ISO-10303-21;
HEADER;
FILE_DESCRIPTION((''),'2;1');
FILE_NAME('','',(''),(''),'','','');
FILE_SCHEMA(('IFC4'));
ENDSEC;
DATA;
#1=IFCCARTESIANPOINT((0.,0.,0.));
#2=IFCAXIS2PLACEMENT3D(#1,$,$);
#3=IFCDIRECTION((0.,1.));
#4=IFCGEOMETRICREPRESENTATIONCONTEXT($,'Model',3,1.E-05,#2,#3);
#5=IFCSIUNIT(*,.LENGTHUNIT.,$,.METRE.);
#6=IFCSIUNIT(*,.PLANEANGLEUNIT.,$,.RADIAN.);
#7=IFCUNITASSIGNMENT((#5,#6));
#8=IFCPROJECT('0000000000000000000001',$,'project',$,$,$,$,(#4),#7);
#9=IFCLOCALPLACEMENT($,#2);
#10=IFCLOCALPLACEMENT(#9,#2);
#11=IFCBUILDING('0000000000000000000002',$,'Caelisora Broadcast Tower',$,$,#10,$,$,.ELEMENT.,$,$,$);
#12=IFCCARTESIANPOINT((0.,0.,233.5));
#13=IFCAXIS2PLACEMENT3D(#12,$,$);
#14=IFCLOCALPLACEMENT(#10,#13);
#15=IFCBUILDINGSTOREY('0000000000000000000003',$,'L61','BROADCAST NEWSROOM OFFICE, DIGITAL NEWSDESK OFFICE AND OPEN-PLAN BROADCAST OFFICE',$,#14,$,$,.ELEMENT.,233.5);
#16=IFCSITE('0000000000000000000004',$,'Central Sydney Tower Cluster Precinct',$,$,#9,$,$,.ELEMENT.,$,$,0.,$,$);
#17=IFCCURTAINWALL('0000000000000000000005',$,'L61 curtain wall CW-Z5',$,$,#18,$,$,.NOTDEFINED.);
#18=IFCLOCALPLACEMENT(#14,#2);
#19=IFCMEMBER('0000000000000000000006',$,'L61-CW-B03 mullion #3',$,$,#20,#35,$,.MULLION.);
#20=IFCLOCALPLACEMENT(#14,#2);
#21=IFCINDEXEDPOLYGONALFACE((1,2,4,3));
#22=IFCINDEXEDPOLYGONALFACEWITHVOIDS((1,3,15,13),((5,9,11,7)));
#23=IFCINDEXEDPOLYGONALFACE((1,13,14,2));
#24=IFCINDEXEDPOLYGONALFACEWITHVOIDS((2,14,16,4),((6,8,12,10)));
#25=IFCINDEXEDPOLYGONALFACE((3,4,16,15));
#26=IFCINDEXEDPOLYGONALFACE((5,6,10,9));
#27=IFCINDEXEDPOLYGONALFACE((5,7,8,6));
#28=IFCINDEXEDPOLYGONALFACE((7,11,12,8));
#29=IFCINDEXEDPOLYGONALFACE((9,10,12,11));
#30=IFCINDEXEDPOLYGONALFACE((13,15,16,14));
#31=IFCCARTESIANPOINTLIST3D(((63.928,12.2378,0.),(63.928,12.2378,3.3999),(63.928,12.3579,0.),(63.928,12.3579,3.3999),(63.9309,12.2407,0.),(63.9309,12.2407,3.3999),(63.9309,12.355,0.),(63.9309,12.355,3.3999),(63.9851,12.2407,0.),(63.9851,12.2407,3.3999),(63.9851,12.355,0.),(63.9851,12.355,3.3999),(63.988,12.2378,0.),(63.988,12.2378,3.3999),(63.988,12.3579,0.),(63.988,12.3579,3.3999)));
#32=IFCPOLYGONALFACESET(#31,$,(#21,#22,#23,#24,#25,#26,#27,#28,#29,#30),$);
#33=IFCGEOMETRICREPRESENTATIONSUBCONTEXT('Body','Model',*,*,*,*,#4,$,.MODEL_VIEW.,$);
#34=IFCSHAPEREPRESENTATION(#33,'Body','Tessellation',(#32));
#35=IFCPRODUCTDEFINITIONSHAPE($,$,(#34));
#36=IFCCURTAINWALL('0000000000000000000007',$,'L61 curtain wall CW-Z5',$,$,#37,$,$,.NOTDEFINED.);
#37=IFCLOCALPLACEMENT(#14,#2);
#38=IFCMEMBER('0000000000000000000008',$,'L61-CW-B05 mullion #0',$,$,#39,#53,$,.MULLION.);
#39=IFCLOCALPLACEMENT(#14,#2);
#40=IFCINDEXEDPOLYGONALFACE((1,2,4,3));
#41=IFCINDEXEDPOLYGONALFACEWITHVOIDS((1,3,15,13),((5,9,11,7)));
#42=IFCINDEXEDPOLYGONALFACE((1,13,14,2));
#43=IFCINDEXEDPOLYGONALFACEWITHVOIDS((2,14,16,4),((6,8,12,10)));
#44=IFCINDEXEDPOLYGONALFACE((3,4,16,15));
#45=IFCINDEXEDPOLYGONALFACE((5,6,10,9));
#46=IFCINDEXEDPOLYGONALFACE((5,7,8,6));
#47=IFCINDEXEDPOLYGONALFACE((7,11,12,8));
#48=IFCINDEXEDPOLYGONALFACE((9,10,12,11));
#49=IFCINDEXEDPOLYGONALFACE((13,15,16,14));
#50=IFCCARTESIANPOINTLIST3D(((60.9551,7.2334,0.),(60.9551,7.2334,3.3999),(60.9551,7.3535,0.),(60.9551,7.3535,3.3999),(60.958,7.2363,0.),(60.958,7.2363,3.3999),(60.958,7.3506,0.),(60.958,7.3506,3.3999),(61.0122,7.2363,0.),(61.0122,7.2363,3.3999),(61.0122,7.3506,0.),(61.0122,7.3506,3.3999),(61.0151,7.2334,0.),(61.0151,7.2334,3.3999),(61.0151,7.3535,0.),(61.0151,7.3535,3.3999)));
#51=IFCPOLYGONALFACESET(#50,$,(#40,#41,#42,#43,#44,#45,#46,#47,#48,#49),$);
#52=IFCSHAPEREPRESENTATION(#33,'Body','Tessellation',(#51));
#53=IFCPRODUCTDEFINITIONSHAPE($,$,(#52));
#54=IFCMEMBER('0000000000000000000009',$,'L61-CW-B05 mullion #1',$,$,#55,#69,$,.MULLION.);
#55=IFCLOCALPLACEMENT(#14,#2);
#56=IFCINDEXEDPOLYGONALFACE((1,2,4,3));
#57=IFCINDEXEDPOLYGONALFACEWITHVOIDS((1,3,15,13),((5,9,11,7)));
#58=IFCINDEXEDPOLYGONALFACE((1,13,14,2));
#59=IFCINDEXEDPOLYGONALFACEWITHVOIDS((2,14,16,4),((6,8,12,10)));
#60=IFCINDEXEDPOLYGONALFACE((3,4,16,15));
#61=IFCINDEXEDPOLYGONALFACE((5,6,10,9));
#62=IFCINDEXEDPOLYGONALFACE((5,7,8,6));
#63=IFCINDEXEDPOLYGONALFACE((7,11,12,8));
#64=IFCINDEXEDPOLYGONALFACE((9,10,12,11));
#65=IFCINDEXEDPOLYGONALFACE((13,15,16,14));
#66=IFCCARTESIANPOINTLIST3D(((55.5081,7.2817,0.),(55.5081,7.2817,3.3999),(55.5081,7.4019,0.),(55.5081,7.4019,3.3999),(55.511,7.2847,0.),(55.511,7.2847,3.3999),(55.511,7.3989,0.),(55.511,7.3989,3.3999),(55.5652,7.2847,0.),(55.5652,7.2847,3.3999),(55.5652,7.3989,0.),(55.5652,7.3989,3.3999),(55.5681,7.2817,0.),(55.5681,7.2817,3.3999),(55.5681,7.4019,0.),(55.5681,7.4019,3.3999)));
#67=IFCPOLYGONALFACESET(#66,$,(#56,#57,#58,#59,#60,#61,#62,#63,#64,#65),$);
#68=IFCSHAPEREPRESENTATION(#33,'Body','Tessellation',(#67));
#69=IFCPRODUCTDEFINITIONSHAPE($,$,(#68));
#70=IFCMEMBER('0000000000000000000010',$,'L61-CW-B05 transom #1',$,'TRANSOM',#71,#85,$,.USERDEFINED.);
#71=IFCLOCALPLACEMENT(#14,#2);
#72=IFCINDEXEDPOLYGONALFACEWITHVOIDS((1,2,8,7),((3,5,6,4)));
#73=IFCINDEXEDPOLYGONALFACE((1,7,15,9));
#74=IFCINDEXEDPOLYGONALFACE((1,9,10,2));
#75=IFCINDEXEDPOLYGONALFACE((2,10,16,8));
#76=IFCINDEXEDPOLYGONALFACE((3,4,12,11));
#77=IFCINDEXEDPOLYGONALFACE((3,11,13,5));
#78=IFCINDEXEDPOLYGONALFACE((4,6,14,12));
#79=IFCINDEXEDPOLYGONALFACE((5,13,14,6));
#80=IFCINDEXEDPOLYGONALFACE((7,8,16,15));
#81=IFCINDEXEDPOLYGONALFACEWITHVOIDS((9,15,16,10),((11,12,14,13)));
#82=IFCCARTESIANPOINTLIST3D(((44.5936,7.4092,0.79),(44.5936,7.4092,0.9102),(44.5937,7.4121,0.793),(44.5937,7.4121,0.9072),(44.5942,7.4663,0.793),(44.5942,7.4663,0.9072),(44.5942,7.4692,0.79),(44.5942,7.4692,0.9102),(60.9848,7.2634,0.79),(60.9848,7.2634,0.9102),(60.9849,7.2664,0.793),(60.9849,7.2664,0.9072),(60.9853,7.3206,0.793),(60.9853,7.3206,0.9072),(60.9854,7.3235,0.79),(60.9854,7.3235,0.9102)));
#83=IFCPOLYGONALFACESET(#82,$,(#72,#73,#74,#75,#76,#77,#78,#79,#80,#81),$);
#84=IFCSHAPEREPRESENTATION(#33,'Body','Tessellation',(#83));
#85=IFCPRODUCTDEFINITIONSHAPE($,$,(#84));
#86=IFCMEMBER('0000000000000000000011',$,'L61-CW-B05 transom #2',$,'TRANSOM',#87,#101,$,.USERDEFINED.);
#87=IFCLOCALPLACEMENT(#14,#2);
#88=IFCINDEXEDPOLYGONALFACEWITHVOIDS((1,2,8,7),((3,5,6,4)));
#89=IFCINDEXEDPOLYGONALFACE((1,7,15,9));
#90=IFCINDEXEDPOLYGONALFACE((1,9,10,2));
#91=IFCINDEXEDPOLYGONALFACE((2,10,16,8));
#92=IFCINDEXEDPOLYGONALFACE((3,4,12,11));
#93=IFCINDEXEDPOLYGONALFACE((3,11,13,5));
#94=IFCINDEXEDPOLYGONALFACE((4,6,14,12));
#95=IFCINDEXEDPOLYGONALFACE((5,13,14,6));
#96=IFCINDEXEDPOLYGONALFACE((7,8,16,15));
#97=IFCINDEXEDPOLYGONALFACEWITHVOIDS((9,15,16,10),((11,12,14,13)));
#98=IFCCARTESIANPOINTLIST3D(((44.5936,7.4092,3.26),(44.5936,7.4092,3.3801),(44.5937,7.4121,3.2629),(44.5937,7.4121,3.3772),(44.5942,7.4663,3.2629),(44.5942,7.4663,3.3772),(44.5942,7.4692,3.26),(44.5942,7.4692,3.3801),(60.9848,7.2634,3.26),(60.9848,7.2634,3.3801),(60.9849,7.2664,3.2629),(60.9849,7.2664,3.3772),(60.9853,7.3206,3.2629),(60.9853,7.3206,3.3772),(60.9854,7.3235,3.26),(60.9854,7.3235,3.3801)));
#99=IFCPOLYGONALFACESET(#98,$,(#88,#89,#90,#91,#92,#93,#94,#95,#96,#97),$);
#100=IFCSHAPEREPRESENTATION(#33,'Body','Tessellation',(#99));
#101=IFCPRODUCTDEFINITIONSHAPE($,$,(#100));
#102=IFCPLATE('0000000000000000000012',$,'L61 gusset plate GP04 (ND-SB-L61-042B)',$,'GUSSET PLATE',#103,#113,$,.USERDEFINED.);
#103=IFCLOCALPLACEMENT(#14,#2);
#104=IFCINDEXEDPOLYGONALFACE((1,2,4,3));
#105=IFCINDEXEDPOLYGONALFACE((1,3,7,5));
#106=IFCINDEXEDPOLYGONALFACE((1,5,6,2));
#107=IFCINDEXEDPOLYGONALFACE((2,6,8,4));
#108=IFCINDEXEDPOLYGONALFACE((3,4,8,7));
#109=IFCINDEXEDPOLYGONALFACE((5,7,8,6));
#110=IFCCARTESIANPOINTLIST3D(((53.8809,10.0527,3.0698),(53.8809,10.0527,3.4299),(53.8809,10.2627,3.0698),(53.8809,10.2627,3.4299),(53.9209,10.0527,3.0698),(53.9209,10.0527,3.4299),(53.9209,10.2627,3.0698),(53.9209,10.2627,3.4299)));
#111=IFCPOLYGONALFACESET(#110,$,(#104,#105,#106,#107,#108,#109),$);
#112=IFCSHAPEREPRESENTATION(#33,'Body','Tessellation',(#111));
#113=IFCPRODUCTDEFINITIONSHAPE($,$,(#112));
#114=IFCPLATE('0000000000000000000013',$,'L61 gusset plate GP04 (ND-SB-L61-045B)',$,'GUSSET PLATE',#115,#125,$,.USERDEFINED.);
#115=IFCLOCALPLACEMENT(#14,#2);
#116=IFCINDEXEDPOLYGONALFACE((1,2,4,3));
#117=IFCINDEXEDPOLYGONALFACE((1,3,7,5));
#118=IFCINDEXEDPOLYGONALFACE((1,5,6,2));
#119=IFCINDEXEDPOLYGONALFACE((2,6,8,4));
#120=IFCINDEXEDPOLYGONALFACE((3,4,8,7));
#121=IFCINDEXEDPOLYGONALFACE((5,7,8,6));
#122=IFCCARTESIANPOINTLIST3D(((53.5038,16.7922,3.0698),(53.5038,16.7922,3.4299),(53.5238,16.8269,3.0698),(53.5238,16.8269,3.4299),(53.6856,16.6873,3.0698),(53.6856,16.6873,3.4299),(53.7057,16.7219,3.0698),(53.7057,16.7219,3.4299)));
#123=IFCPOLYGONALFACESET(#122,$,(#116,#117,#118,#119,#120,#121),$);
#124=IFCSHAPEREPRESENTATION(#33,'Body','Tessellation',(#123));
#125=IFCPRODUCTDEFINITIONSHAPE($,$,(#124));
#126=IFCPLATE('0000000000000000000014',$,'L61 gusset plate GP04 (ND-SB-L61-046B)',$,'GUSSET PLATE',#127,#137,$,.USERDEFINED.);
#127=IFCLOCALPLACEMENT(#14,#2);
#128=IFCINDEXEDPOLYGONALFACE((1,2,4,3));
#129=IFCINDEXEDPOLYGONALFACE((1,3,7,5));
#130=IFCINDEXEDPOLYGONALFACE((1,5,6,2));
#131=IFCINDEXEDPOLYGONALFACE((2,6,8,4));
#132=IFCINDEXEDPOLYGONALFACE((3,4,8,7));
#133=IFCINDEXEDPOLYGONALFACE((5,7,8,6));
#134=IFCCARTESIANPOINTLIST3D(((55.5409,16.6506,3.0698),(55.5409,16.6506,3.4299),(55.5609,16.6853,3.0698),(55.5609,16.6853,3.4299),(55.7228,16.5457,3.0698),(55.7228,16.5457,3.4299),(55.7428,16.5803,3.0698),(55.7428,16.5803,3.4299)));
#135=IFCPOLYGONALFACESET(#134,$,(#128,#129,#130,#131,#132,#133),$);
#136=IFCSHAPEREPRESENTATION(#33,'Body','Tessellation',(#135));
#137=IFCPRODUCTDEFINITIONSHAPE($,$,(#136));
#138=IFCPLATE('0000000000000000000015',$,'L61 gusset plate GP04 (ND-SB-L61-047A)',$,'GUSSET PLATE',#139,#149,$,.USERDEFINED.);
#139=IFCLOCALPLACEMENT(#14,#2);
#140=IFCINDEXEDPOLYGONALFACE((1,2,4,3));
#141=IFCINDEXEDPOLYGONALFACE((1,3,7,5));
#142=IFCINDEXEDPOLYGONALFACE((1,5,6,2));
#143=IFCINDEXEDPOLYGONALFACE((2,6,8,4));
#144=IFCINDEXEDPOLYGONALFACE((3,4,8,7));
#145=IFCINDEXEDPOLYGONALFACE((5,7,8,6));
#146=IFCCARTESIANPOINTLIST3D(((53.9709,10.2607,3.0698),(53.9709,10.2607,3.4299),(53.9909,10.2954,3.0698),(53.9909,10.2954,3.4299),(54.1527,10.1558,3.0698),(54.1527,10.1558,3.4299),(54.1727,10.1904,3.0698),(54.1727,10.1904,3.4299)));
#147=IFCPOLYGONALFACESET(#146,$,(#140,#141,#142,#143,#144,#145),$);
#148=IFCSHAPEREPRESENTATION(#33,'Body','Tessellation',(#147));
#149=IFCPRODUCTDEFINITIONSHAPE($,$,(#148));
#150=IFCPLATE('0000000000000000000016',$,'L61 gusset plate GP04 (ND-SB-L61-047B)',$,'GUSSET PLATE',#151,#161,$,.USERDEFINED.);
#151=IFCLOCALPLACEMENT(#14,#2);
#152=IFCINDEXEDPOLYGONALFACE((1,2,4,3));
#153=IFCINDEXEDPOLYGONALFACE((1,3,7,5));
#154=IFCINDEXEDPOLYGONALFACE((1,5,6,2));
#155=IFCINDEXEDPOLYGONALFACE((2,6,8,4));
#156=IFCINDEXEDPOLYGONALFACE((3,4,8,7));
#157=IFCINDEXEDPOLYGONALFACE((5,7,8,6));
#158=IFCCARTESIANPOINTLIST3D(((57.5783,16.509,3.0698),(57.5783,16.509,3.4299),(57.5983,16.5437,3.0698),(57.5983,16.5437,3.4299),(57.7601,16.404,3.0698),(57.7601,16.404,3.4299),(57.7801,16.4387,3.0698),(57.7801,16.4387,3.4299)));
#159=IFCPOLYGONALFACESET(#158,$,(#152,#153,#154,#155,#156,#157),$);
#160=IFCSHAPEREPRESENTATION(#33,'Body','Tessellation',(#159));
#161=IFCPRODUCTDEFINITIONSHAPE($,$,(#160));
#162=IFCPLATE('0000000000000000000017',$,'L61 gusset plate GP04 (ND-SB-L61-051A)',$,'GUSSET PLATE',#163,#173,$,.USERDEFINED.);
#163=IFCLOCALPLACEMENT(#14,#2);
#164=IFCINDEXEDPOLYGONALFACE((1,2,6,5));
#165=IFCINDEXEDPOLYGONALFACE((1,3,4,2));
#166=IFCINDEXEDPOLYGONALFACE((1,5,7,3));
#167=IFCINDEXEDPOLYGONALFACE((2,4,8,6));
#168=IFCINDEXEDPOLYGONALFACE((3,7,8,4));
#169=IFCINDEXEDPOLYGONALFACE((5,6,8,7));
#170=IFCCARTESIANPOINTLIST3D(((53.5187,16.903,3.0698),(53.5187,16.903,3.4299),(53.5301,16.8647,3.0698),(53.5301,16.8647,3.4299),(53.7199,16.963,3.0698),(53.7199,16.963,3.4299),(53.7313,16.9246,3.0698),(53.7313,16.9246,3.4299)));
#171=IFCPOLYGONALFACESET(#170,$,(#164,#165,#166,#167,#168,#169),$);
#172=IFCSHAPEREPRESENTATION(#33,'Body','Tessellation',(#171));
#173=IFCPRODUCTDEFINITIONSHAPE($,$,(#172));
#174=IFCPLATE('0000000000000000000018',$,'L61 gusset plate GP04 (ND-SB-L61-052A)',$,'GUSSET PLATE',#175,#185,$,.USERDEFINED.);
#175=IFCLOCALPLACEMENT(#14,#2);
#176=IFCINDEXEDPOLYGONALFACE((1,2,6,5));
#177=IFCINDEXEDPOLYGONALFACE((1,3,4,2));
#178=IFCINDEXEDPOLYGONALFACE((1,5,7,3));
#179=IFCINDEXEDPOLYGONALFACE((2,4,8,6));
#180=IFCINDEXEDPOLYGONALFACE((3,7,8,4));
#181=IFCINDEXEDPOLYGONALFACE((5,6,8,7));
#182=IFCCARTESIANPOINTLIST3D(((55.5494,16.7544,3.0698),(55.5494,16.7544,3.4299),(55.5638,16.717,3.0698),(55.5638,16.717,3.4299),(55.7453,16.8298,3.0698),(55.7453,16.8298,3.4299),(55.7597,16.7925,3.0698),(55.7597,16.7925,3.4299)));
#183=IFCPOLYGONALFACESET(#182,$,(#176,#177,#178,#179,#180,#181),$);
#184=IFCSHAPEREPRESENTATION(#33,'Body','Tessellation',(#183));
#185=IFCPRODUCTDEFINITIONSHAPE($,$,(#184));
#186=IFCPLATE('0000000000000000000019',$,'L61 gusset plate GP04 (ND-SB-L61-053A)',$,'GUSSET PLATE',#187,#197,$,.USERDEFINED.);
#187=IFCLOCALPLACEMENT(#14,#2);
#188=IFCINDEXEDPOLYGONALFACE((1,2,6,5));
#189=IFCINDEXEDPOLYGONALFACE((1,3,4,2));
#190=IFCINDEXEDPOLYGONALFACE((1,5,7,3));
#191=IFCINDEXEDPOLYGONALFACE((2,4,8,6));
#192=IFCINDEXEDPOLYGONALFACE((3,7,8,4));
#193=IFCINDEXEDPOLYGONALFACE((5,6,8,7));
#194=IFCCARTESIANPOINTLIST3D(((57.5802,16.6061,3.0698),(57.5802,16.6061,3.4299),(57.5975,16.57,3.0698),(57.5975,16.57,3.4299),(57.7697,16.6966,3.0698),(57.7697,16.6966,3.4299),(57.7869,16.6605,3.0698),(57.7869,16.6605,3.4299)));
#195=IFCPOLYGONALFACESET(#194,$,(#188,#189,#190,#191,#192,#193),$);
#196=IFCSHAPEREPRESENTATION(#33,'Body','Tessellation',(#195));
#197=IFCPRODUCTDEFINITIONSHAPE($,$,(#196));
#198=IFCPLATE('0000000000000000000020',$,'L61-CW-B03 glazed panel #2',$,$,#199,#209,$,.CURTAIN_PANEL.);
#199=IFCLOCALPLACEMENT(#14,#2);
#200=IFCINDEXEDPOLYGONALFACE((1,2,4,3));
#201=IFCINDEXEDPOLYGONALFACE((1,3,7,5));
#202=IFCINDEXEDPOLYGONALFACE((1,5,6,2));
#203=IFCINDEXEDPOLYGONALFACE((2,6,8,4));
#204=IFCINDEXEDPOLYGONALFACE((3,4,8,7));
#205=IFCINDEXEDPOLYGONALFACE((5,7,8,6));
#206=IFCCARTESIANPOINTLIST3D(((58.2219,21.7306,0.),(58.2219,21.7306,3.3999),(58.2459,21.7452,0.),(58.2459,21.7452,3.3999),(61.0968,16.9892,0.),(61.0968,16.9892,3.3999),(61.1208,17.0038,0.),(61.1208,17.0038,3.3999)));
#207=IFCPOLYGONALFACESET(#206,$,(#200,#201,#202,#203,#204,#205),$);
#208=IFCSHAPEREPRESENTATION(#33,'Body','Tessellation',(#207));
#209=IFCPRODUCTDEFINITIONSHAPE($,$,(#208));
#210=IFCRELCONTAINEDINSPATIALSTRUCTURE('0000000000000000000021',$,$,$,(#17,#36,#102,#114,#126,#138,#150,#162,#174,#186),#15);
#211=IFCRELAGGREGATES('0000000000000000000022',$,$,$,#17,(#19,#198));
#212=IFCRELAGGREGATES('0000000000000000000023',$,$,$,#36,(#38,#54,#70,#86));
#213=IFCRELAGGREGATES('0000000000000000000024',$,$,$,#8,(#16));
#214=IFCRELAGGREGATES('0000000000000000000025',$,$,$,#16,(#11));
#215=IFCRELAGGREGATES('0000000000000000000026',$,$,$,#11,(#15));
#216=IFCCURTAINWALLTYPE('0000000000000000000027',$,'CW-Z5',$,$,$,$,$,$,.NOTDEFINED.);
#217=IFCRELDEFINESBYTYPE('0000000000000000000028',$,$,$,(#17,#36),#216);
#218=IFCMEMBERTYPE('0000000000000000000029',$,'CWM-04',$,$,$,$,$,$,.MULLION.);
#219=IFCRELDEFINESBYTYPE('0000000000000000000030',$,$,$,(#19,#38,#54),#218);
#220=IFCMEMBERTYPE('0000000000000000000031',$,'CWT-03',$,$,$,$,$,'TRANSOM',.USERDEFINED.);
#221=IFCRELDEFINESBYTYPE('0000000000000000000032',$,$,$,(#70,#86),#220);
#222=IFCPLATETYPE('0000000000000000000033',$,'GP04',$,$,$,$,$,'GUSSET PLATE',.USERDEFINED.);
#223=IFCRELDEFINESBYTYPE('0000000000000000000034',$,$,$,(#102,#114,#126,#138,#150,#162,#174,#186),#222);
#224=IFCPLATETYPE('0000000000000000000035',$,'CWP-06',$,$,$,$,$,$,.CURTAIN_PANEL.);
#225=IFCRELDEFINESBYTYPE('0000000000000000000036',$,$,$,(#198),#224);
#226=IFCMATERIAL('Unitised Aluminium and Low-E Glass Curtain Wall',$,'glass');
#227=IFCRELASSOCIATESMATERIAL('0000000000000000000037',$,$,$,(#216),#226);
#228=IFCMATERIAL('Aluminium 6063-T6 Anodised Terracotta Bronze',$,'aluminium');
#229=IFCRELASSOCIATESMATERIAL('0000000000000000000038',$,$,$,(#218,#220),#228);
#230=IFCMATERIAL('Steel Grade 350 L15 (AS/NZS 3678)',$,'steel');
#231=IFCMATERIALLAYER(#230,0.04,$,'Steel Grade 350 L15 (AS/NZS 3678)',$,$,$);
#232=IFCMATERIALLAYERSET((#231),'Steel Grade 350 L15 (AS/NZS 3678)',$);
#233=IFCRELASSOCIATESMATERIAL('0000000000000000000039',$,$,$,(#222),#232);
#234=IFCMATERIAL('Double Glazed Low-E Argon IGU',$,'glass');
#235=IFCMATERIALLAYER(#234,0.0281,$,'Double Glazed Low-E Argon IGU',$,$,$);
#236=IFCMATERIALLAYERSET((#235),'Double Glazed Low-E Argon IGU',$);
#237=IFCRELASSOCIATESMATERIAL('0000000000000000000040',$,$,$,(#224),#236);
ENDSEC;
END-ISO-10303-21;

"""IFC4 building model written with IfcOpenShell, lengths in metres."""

from ifc_helpers import new_model, si_unit, direction, frame, origin, origin_2d, place, context, subcontext, project, spatial, rectangle, hollow_rectangle, extrude, source, transform, mapped, material, layer, layer_set, material_profile, profile_set, type_object, type_shapes, element, aggregate, save


model = new_model("IFC4")

# Units and contexts
model_context = context("Model", 3, precision=1e-05, world=origin(), true_north=direction((0.0, 1.0)))
body_context = subcontext(model_context, "Body", "Model", "MODEL_VIEW")
ifc_project = project(units=[si_unit("LENGTHUNIT", "METRE"), si_unit("PLANEANGLEUNIT", "RADIAN")], contexts=[model_context])

# Site, building, storey
site_placement = place(None, origin())
site = spatial("IfcSite", under=ifc_project, at=site_placement, Name="Central Sydney Tower Cluster Precinct", CompositionType="ELEMENT", RefElevation=0.0)
building_placement = place(site_placement, origin())
building = spatial("IfcBuilding", under=site, at=building_placement, Name="Caelisora Broadcast Tower", CompositionType="ELEMENT")
storey_placement = place(building_placement, frame((0.0, 0.0, 233.5)))
storey = spatial("IfcBuildingStorey", under=building, at=storey_placement, Name="L61", Description="BROADCAST NEWSROOM OFFICE, DIGITAL NEWSDESK OFFICE AND OPEN-PLAN BROADCAST OFFICE", CompositionType="ELEMENT", Elevation=233.5)

# Shared definitions
ifc_material_1 = material(Name="Steel Grade 350 L15 (AS/NZS 3678)", Category="steel")

# Curtain walls, members
ifc_material_2 = material(Name="Unitised Aluminium and Low-E Glass Curtain Wall", Category="glass")
curtain_wall_type = type_object("IfcCurtainWallType", Name="CW-Z5", PredefinedType="NOTDEFINED", material=ifc_material_2)
curtain_wall_1_placement = place(storey_placement, origin())
curtain_wall_1 = element("IfcCurtainWall", 1, at=curtain_wall_1_placement, inside=storey, type_object=curtain_wall_type, Name="L61 curtain wall CW-Z5", PredefinedType="NOTDEFINED")
ifc_material_3 = material(Name="Aluminium 6063-T6 Anodised Terracotta Bronze", Category="aluminium")
ifc_material_profile_1 = material_profile(ifc_material_3, hollow_rectangle(XDim=0.0601, YDim=0.1201, WallThickness=0.0029, at=origin_2d()), Name="Aluminium 6063-T6 Anodised Terracotta Bronze")
ifc_profile_set_1 = profile_set([ifc_material_profile_1], Name="Aluminium 6063-T6 Anodised Terracotta Bronze")
member_type_1 = type_object("IfcMemberType", Name="CWM-04", PredefinedType="MULLION", material=ifc_profile_set_1)
shared_shape_1 = source(origin(), body_context, "Body", "SweptSolid", [
    extrude(hollow_rectangle(XDim=0.0601, YDim=0.1201, WallThickness=0.0029, at=origin_2d()), origin(), (0.0, 0.0, 1.0), 3.3999),
])
type_shapes(member_type_1, [shared_shape_1])
member_1_placement = place(storey_placement, frame((63.958, 12.2979, 0.0), z_axis=(0.0, 0.0, 1.0), x_axis=(1.0, 0.0, 0.0)))
member_1 = element("IfcMember", 2, at=member_1_placement, type_object=member_type_1, Name="L61-CW-B03 mullion #3", PredefinedType="MULLION", context=body_context, shape_type="MappedRepresentation", body=[
    mapped(shared_shape_1, transform((0.0, 0.0, 0.0), scale=1.0)),
])
curtain_wall_2_placement = place(storey_placement, origin())
curtain_wall_2 = element("IfcCurtainWall", 3, at=curtain_wall_2_placement, inside=storey, type_object=curtain_wall_type, Name="L61 curtain wall CW-Z5", PredefinedType="NOTDEFINED")
member_2_placement = place(storey_placement, frame((60.9851, 7.2935, 0.0), z_axis=(0.0, 0.0, 1.0), x_axis=(1.0, 0.0, 0.0)))
member_2 = element("IfcMember", 4, at=member_2_placement, type_object=member_type_1, Name="L61-CW-B05 mullion #0", PredefinedType="MULLION", context=body_context, shape_type="MappedRepresentation", body=[
    mapped(shared_shape_1, transform((0.0, 0.0, 0.0), scale=1.0)),
])
member_3_placement = place(storey_placement, frame((55.5381, 7.3418, 0.0), z_axis=(0.0, 0.0, 1.0), x_axis=(1.0, 0.0, 0.0)))
member_3 = element("IfcMember", 5, at=member_3_placement, type_object=member_type_1, Name="L61-CW-B05 mullion #1", PredefinedType="MULLION", context=body_context, shape_type="MappedRepresentation", body=[
    mapped(shared_shape_1, transform((0.0, 0.0, 0.0), scale=1.0)),
])
ifc_material_profile_2 = material_profile(ifc_material_3, hollow_rectangle(XDim=0.0601, YDim=0.1201, WallThickness=0.0029, at=origin_2d()), Name="Aluminium 6063-T6 Anodised Terracotta Bronze")
ifc_profile_set_2 = profile_set([ifc_material_profile_2], Name="Aluminium 6063-T6 Anodised Terracotta Bronze")
member_type_2 = type_object("IfcMemberType", Name="CWT-03", ElementType="TRANSOM", PredefinedType="USERDEFINED", material=ifc_profile_set_2)
shared_shape_2 = source(origin(), body_context, "Body", "SweptSolid", [
    extrude(hollow_rectangle(XDim=0.0601, YDim=0.1201, WallThickness=0.0029, at=origin_2d()), origin(), (0.0, 0.0, 1.0), 16.3918),
])
type_shapes(member_type_2, [shared_shape_2])
member_4_placement = place(storey_placement, frame((60.9851, 7.2935, 0.8501), z_axis=(-0.99996, 0.008892, 0.0), x_axis=(-0.008892, -0.99996, 0.0)))
member_4 = element("IfcMember", 6, at=member_4_placement, type_object=member_type_2, Name="L61-CW-B05 transom #1", ObjectType="TRANSOM", PredefinedType="USERDEFINED", context=body_context, shape_type="MappedRepresentation", body=[
    mapped(shared_shape_2, transform((0.0, 0.0, 0.0), scale=1.0)),
])
member_5_placement = place(storey_placement, frame((60.9851, 7.2935, 3.3201), z_axis=(-0.99996, 0.008892, 0.0), x_axis=(-0.008892, -0.99996, 0.0)))
member_5 = element("IfcMember", 7, at=member_5_placement, type_object=member_type_2, Name="L61-CW-B05 transom #2", ObjectType="TRANSOM", PredefinedType="USERDEFINED", context=body_context, shape_type="MappedRepresentation", body=[
    mapped(shared_shape_2, transform((0.0, 0.0, 0.0), scale=1.0)),
])

# Plates
ifc_layer_1 = layer(ifc_material_1, 0.04, Name="Steel Grade 350 L15 (AS/NZS 3678)")
ifc_layer_set_1 = layer_set([ifc_layer_1], Name="Steel Grade 350 L15 (AS/NZS 3678)")
plate_type_1 = type_object("IfcPlateType", Name="GP04", ElementType="GUSSET PLATE", PredefinedType="USERDEFINED", material=ifc_layer_set_1)
shared_shape_3 = source(origin(), body_context, "Body", "SweptSolid", [
    extrude(rectangle(XDim=0.21, YDim=0.04, at=origin_2d()), origin(), (0.0, 0.0, 1.0), 0.3601),
])
type_shapes(plate_type_1, [shared_shape_3])
for number, where, z_axis, x_axis, name in (
    (8, (53.9009, 10.1577, 3.0698), (0.0, 0.0, 1.0), (0.0, 1.0, 0.0), "L61 gusset plate GP04 (ND-SB-L61-042B)"),
    (9, (53.6047, 16.7571, 3.0698), (0.0, 0.0, 1.0), (-0.866025, 0.5, 0.0), "L61 gusset plate GP04 (ND-SB-L61-045B)"),
    (10, (55.6418, 16.6155, 3.0698), (0.0, 0.0, 1.0), (-0.866025, 0.5, 0.0), "L61 gusset plate GP04 (ND-SB-L61-046B)"),
    (11, (54.0718, 10.2256, 3.0698), (0.0, 0.0, 1.0), (-0.866025, 0.5, 0.0), "L61 gusset plate GP04 (ND-SB-L61-047A)"),
    (12, (57.6792, 16.4739, 3.0698), (0.0, 0.0, 1.0), (-0.866025, 0.5, 0.0), "L61 gusset plate GP04 (ND-SB-L61-047B)"),
    (13, (53.625, 16.9138, 3.0698), (0.0, 0.0, 1.0), (-0.958372, -0.285521, 0.0), "L61 gusset plate GP04 (ND-SB-L61-051A)"),
    (14, (55.6545, 16.7734, 3.0698), (0.0, 0.0, 1.0), (-0.933267, -0.359183, 0.0), "L61 gusset plate GP04 (ND-SB-L61-052A)"),
    (15, (57.6836, 16.6333, 3.0698), (0.0, 0.0, 1.0), (-0.902285, -0.431141, 0.0), "L61 gusset plate GP04 (ND-SB-L61-053A)"),
):
    element("IfcPlate", number, at=place(storey_placement, frame(where, z_axis=z_axis, x_axis=x_axis)), inside=storey, type_object=plate_type_1, Name=name, ObjectType="GUSSET PLATE", PredefinedType="USERDEFINED", context=body_context, shape_type="MappedRepresentation", body=[
        mapped(shared_shape_3, transform((0.0, 0.0, 0.0), scale=1.0)),
    ])

# Plate
ifc_material_4 = material(Name="Double Glazed Low-E Argon IGU", Category="glass")
ifc_layer_2 = layer(ifc_material_4, 0.0281, Name="Double Glazed Low-E Argon IGU")
ifc_layer_set_2 = layer_set([ifc_layer_2], Name="Double Glazed Low-E Argon IGU")
plate_type_2 = type_object("IfcPlateType", Name="CWP-06", PredefinedType="CURTAIN_PANEL", material=ifc_layer_set_2)
shared_shape_4 = source(origin(), body_context, "Body", "SweptSolid", [
    extrude(rectangle(XDim=5.5449, YDim=0.0281, at=origin_2d()), origin(), (0.0, 0.0, 1.0), 3.3999),
])
plate_1_placement = place(storey_placement, frame((59.6714, 19.3672, 0.0), z_axis=(0.0, 0.0, 1.0), x_axis=(0.518475, -0.855093, 0.0)))
plate_1 = element("IfcPlate", 16, at=plate_1_placement, type_object=plate_type_2, Name="L61-CW-B03 glazed panel #2", PredefinedType="CURTAIN_PANEL", context=body_context, shape_type="MappedRepresentation", body=[
    mapped(shared_shape_4, transform((0.0, 0.0, 0.0), scale=1.0)),
])
aggregate(curtain_wall_1, [member_1, plate_1])
aggregate(curtain_wall_2, [member_2, member_3, member_4, member_5])

save(model, "model.ifc")
